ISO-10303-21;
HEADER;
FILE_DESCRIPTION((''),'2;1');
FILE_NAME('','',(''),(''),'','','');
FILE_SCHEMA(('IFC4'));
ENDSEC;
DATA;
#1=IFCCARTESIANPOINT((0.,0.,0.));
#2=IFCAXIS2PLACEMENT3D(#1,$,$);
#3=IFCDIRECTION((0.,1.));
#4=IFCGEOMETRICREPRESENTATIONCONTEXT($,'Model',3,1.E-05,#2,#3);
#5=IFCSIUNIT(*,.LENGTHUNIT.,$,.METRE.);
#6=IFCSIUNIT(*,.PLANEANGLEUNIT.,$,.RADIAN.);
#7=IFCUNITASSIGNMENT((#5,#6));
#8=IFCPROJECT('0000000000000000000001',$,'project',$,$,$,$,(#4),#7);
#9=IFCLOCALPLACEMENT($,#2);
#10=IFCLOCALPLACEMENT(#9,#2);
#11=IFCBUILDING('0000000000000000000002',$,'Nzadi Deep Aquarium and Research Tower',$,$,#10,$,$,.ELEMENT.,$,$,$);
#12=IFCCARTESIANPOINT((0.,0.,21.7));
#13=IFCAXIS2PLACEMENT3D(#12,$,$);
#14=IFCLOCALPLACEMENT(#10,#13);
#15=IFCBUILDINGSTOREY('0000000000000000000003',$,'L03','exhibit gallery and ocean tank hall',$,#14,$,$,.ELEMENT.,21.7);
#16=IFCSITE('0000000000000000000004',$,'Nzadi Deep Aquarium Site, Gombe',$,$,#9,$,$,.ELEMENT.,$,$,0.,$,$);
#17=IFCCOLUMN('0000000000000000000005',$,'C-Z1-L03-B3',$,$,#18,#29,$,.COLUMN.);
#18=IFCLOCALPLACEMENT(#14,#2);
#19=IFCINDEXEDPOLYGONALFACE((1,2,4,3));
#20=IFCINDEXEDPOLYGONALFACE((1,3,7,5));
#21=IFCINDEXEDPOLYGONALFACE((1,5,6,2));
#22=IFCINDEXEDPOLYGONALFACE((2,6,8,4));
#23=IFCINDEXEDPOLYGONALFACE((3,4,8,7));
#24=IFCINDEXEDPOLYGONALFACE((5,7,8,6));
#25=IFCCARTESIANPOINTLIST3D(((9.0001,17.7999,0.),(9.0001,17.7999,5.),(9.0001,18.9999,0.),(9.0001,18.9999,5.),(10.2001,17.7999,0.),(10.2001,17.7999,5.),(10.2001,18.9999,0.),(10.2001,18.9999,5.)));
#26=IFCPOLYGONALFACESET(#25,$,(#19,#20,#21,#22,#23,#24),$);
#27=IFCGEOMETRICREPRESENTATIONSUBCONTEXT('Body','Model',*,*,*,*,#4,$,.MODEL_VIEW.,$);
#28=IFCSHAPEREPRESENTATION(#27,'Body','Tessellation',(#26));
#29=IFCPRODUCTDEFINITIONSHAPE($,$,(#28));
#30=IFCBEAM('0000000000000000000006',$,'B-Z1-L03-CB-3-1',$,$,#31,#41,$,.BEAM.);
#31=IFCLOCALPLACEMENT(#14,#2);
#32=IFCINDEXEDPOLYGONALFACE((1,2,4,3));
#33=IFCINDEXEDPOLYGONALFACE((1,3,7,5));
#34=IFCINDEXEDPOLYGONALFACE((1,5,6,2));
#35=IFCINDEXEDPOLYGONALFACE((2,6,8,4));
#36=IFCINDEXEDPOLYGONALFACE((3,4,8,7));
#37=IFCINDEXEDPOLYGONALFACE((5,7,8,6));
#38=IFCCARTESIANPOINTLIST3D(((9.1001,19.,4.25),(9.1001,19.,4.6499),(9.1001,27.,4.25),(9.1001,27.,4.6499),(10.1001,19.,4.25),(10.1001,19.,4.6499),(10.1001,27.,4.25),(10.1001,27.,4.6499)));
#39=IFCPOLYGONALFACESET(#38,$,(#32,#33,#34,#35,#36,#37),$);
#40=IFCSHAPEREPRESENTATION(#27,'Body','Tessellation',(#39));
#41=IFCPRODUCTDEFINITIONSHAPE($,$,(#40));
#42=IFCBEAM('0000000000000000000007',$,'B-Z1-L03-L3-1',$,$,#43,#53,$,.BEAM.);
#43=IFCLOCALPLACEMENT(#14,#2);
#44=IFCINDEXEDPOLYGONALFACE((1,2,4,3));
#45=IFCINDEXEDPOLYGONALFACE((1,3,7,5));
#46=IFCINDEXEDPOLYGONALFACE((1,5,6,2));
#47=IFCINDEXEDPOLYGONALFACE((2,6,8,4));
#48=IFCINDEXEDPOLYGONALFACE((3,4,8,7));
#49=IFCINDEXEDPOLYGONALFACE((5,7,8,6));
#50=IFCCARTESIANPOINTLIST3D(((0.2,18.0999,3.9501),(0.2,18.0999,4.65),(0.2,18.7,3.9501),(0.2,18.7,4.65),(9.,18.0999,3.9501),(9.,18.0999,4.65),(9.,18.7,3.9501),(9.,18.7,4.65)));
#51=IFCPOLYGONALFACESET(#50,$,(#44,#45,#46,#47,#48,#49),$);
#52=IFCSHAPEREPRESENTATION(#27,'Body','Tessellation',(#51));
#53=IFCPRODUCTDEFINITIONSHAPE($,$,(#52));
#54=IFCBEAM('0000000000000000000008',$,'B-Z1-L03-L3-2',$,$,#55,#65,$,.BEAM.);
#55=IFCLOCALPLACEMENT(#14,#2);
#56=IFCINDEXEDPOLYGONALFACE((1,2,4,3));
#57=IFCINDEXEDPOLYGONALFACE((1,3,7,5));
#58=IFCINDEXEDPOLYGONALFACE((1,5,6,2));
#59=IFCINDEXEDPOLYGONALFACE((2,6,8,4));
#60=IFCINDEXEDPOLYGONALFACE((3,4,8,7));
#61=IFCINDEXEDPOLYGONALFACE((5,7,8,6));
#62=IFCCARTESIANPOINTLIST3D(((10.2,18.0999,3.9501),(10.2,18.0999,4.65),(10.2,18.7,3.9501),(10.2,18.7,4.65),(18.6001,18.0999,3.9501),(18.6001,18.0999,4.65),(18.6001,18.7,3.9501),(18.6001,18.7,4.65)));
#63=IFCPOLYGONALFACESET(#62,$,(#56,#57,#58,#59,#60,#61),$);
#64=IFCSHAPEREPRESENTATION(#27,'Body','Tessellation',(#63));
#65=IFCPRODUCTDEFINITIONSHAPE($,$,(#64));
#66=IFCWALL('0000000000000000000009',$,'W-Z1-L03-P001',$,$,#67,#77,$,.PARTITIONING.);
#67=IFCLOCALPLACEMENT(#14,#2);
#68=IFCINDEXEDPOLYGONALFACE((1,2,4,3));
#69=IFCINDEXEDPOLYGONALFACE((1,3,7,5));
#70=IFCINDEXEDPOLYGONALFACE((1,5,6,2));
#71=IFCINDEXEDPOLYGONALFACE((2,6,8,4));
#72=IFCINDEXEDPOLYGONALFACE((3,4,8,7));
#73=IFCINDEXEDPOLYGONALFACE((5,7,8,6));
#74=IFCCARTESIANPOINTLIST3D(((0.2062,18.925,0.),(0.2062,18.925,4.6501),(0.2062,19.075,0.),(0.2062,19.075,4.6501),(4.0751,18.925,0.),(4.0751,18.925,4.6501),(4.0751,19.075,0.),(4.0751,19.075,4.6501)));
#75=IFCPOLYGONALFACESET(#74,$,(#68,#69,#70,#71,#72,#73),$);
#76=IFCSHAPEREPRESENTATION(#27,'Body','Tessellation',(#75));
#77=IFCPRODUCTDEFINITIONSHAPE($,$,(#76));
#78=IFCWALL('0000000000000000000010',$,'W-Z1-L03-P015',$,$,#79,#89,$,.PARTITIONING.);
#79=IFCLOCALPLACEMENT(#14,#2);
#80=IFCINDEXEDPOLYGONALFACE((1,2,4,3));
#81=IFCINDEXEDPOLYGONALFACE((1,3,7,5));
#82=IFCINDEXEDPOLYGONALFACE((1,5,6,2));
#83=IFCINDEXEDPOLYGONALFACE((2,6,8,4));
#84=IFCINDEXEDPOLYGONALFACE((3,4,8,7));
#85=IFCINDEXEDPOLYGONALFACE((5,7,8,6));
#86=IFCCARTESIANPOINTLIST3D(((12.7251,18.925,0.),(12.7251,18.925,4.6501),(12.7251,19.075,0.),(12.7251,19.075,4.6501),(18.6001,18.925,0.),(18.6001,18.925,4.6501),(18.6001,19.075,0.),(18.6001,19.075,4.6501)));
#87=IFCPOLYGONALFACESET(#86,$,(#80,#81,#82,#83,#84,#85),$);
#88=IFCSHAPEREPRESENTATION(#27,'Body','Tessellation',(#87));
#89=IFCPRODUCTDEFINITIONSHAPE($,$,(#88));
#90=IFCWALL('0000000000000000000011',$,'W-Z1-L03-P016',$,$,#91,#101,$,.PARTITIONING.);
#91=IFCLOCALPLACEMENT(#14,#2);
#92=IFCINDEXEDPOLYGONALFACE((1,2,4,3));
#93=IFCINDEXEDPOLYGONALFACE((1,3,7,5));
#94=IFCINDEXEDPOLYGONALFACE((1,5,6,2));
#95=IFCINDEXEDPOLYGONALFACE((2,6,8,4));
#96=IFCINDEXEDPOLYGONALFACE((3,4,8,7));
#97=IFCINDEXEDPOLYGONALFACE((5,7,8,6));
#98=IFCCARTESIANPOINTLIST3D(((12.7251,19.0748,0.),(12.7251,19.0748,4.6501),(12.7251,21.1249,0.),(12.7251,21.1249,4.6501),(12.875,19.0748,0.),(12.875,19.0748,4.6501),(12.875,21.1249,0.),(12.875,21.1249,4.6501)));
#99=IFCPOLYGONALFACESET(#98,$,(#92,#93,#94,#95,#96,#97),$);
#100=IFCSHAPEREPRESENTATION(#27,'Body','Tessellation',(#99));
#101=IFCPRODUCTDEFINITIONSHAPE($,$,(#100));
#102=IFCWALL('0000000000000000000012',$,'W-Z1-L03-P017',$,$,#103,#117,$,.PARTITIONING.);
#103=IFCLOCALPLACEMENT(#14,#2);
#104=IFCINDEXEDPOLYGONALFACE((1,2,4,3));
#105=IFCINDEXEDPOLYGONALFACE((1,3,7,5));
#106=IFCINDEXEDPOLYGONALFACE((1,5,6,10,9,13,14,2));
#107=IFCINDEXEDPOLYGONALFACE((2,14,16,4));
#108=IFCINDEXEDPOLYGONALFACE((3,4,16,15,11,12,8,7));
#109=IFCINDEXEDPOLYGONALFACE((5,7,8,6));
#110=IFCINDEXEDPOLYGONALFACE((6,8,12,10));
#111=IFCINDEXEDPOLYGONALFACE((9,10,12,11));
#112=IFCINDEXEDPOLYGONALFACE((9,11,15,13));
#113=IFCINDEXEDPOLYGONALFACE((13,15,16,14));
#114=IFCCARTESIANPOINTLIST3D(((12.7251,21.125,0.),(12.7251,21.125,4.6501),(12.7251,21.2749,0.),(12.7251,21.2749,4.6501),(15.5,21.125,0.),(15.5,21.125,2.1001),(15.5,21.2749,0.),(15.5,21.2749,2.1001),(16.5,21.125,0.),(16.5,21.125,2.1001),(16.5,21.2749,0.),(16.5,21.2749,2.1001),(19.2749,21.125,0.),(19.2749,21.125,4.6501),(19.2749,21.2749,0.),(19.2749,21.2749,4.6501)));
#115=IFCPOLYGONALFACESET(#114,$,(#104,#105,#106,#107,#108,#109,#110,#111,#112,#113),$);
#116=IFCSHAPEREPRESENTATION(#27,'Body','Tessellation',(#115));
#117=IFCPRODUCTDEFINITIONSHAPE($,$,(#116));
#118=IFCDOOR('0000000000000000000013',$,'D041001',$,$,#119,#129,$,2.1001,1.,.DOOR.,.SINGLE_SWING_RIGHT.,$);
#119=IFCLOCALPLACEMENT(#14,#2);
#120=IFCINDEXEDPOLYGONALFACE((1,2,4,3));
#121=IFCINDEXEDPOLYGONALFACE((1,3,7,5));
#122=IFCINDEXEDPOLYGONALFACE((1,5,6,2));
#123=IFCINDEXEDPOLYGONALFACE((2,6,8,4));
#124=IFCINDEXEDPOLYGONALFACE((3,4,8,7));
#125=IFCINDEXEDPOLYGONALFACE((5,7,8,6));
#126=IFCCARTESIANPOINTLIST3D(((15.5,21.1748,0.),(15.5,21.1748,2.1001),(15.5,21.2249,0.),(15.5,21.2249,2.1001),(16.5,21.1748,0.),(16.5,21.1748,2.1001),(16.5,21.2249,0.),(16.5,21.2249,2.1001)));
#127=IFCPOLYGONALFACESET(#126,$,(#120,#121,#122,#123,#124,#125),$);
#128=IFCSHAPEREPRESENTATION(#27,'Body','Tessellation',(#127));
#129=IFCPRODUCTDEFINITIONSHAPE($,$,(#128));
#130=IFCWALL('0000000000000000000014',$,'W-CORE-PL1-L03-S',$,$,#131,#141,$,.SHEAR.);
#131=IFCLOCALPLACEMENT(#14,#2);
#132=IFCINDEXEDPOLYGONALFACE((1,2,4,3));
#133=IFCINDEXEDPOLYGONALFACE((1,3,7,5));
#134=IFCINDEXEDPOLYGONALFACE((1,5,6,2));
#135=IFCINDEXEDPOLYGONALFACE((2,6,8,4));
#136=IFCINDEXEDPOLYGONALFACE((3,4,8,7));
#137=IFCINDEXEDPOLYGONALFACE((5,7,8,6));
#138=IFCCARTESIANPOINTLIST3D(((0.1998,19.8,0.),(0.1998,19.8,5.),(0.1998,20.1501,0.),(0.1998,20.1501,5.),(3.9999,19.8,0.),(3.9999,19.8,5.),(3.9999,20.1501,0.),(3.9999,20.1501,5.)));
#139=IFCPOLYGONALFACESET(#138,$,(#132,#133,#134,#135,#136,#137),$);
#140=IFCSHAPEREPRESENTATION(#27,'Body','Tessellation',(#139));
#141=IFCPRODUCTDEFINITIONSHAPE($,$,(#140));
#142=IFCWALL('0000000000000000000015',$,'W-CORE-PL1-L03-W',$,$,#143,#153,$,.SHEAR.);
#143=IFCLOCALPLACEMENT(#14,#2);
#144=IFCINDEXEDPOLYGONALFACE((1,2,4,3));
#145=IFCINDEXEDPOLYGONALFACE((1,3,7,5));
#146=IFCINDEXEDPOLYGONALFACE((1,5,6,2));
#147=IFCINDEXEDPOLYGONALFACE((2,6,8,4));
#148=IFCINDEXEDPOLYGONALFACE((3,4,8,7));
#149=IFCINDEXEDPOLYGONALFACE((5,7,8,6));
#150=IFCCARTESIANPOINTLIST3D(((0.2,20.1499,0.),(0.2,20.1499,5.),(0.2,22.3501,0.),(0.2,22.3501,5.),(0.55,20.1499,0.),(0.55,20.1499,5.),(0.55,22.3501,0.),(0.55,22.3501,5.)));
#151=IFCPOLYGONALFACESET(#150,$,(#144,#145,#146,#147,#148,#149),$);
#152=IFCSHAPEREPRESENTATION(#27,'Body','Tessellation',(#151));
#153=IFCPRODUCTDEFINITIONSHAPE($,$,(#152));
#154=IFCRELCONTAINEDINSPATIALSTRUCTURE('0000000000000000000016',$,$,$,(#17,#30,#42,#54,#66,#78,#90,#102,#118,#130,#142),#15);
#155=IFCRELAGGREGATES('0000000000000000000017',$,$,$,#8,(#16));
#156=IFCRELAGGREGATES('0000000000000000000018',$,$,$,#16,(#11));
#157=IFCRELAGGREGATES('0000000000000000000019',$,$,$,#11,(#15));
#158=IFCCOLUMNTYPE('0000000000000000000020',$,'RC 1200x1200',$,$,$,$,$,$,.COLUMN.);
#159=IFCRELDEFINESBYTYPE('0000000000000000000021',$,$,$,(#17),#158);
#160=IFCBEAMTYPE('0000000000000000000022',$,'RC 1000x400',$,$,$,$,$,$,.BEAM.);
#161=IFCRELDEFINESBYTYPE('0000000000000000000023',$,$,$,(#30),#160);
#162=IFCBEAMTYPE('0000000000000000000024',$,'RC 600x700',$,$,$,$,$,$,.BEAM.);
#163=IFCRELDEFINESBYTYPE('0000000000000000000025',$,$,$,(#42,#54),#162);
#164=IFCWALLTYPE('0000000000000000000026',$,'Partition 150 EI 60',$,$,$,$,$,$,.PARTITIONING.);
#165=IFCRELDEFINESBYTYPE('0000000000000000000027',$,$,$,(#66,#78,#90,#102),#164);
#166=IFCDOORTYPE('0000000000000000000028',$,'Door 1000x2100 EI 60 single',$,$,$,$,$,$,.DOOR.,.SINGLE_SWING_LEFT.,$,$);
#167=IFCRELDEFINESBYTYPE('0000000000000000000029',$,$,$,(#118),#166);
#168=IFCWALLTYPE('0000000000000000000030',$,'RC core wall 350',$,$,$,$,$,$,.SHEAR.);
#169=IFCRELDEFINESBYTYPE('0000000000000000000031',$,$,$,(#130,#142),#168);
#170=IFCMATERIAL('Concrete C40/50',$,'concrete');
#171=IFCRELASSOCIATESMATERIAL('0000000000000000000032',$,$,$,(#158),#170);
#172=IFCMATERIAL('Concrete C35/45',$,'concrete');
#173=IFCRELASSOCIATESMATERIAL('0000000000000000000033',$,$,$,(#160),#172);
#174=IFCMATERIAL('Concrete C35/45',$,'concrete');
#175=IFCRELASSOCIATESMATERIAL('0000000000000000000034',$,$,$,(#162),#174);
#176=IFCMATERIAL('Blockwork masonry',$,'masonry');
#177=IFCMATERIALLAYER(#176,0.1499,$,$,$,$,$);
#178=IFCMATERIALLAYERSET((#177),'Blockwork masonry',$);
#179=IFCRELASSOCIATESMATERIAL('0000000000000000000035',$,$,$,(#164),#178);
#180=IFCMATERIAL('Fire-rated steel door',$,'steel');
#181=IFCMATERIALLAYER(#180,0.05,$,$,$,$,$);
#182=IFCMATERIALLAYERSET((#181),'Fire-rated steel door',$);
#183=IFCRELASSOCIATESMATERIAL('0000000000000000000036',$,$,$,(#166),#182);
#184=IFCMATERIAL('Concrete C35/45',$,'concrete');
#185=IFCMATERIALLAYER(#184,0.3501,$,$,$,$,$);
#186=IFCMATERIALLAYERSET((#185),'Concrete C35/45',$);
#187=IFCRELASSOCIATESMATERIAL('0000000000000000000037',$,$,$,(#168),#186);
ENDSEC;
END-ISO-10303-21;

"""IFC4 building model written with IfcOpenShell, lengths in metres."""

from ifc_helpers import new_model, si_unit, direction, frame, frame_2d, origin, origin_2d, place, context, subcontext, project, spatial, rectangle, extrude, material, layer, layer_set, material_profile, profile_set, type_object, element, fill, save


model = new_model("IFC4")

# Units and contexts
model_context = context("Model", 3, precision=1e-05, world=origin(), true_north=direction((0.0, 1.0)))
body_context = subcontext(model_context, "Body", "Model", "MODEL_VIEW")
ifc_project = project(units=[si_unit("LENGTHUNIT", "METRE"), si_unit("PLANEANGLEUNIT", "RADIAN")], contexts=[model_context])

# Site, building, storey
site_placement = place(None, origin())
site = spatial("IfcSite", under=ifc_project, at=site_placement, Name="Nzadi Deep Aquarium Site, Gombe", CompositionType="ELEMENT", RefElevation=0.0)
building_placement = place(site_placement, origin())
building = spatial("IfcBuilding", under=site, at=building_placement, Name="Nzadi Deep Aquarium and Research Tower", CompositionType="ELEMENT")
storey_placement = place(building_placement, frame((0.0, 0.0, 21.7)))
storey = spatial("IfcBuildingStorey", under=building, at=storey_placement, Name="L03", Description="exhibit gallery and ocean tank hall", CompositionType="ELEMENT", Elevation=21.7)

# Column
ifc_material_1 = material(Name="Concrete C40/50", Category="concrete")
ifc_material_profile_1 = material_profile(ifc_material_1, rectangle(XDim=1.2, YDim=1.2, at=origin_2d()))
ifc_profile_set_1 = profile_set([ifc_material_profile_1], Name="Concrete C40/50")
column_type = type_object("IfcColumnType", Name="RC 1200x1200", PredefinedType="COLUMN", material=ifc_profile_set_1)
column_placement = place(storey_placement, frame((9.6001, 18.3999, 0.0), z_axis=(0.0, 0.0, 1.0), x_axis=(1.0, 0.0, 0.0)))
element("IfcColumn", 1, at=column_placement, inside=storey, type_object=column_type, Name="C-Z1-L03-B3", PredefinedType="COLUMN", context=body_context, shape_type="SweptSolid", body=[
    extrude(rectangle(XDim=1.2, YDim=1.2, at=origin_2d()), origin(), (0.0, 0.0, 1.0), 5.0),
])

# Beams
ifc_material_2 = material(Name="Concrete C35/45", Category="concrete")
ifc_material_profile_2 = material_profile(ifc_material_2, rectangle(XDim=1.0, YDim=0.3999, at=origin_2d()))
ifc_profile_set_2 = profile_set([ifc_material_profile_2], Name="Concrete C35/45")
beam_type_1 = type_object("IfcBeamType", Name="RC 1000x400", PredefinedType="BEAM", material=ifc_profile_set_2)
beam_1_placement = place(storey_placement, frame((9.6001, 19.0, 4.45), z_axis=(0.0, 1.0, 0.0), x_axis=(-1.0, 0.0, 0.0)))
element("IfcBeam", 2, at=beam_1_placement, inside=storey, type_object=beam_type_1, Name="B-Z1-L03-CB-3-1", PredefinedType="BEAM", context=body_context, shape_type="SweptSolid", body=[
    extrude(rectangle(XDim=1.0, YDim=0.3999, at=origin_2d()), origin(), (0.0, 0.0, 1.0), 8.0),
])
ifc_material_3 = material(Name="Concrete C35/45", Category="concrete")
ifc_material_profile_3 = material_profile(ifc_material_3, rectangle(XDim=0.6001, YDim=0.7, at=origin_2d()))
ifc_profile_set_3 = profile_set([ifc_material_profile_3], Name="Concrete C35/45")
beam_type_2 = type_object("IfcBeamType", Name="RC 600x700", PredefinedType="BEAM", material=ifc_profile_set_3)
beam_2_placement = place(storey_placement, frame((0.2, 18.3999, 4.3), z_axis=(1.0, 0.0, 0.0), x_axis=(0.0, 1.0, 0.0)))
element("IfcBeam", 3, at=beam_2_placement, inside=storey, type_object=beam_type_2, Name="B-Z1-L03-L3-1", PredefinedType="BEAM", context=body_context, shape_type="SweptSolid", body=[
    extrude(rectangle(XDim=0.6001, YDim=0.7, at=origin_2d()), origin(), (0.0, 0.0, 1.0), 8.8),
])
beam_3_placement = place(storey_placement, frame((10.2, 18.3999, 4.3), z_axis=(1.0, 0.0, 0.0), x_axis=(0.0, 1.0, 0.0)))
element("IfcBeam", 4, at=beam_3_placement, inside=storey, type_object=beam_type_2, Name="B-Z1-L03-L3-2", PredefinedType="BEAM", context=body_context, shape_type="SweptSolid", body=[
    extrude(rectangle(XDim=0.6001, YDim=0.7, at=origin_2d()), origin(), (0.0, 0.0, 1.0), 8.4001),
])

# Walls
ifc_material_4 = material(Name="Blockwork masonry", Category="masonry")
ifc_layer_1 = layer(ifc_material_4, 0.1499)
ifc_layer_set_1 = layer_set([ifc_layer_1], Name="Blockwork masonry")
wall_type_1 = type_object("IfcWallType", Name="Partition 150 EI 60", PredefinedType="PARTITIONING", material=ifc_layer_set_1)
wall_1_placement = place(storey_placement, frame((0.2061, 19.0, 0.0), z_axis=(0.0, 0.0, 1.0), x_axis=(1.0, 0.0, 0.0)))
element("IfcWall", 5, at=wall_1_placement, inside=storey, type_object=wall_type_1, Name="W-Z1-L03-P001", PredefinedType="PARTITIONING", context=body_context, shape_type="SweptSolid", body=[
    extrude(rectangle(XDim=3.8689, YDim=0.1499, at=frame_2d((1.9346, 0.0))), origin(), (0.0, 0.0, 1.0), 4.6501),
])
wall_2_placement = place(storey_placement, frame((12.7251, 19.0, 0.0), z_axis=(0.0, 0.0, 1.0), x_axis=(1.0, 0.0, 0.0)))
element("IfcWall", 6, at=wall_2_placement, inside=storey, type_object=wall_type_1, Name="W-Z1-L03-P015", PredefinedType="PARTITIONING", context=body_context, shape_type="SweptSolid", body=[
    extrude(rectangle(XDim=5.875, YDim=0.1499, at=frame_2d((2.9375, 0.0))), origin(), (0.0, 0.0, 1.0), 4.6501),
])
wall_3_placement = place(storey_placement, frame((12.8, 19.075, 0.0), z_axis=(0.0, 0.0, 1.0), x_axis=(0.0, 1.0, 0.0)))
element("IfcWall", 7, at=wall_3_placement, inside=storey, type_object=wall_type_1, Name="W-Z1-L03-P016", PredefinedType="PARTITIONING", context=body_context, shape_type="SweptSolid", body=[
    extrude(rectangle(XDim=2.05, YDim=0.1499, at=frame_2d((1.0249, 0.0))), origin(), (0.0, 0.0, 1.0), 4.6501),
])

# Wall, opening, door
wall_4_placement = place(storey_placement, frame((12.7251, 21.2, 0.0), z_axis=(0.0, 0.0, 1.0), x_axis=(1.0, 0.0, 0.0)))
wall_4 = element("IfcWall", 8, at=wall_4_placement, inside=storey, type_object=wall_type_1, Name="W-Z1-L03-P017", PredefinedType="PARTITIONING", context=body_context, shape_type="SweptSolid", body=[
    extrude(rectangle(XDim=6.5498, YDim=0.1499, at=frame_2d((3.2749, 0.0))), origin(), (0.0, 0.0, 1.0), 4.6501),
])
opening_1_placement = place(wall_4_placement, frame((2.7749, 0.0, 0.0)))
opening_1 = element("IfcOpeningElement", 9, at=opening_1_placement, cuts=wall_4, PredefinedType="OPENING", context=body_context, shape_type="SweptSolid", body=[
    extrude(rectangle(XDim=1.0, YDim=2.1001, at=frame_2d((0.5, 1.05))), frame((0.0, 0.085, 0.0), z_axis=(0.0, -1.0, 0.0), x_axis=(1.0, 0.0, 0.0)), (0.0, 0.0, 1.0), 0.1699),
])
ifc_material_5 = material(Name="Fire-rated steel door", Category="steel")
ifc_layer_2 = layer(ifc_material_5, 0.05)
ifc_layer_set_2 = layer_set([ifc_layer_2], Name="Fire-rated steel door")
door_type_1 = type_object("IfcDoorType", Name="Door 1000x2100 EI 60 single", OperationType="SINGLE_SWING_LEFT", PredefinedType="DOOR", material=ifc_layer_set_2)
door_1_placement = place(opening_1_placement, origin())
door_1 = element("IfcDoor", 10, at=door_1_placement, inside=storey, type_object=door_type_1, Name="D041001", OperationType="SINGLE_SWING_RIGHT", OverallHeight=2.1001, OverallWidth=1.0, PredefinedType="DOOR", context=body_context, shape_type="SweptSolid", body=[
    extrude(rectangle(XDim=1.0, YDim=2.1001, at=frame_2d((0.5, 1.05))), frame((0.0, 0.0249, 0.0), z_axis=(0.0, -1.0, 0.0), x_axis=(1.0, 0.0, 0.0)), (0.0, 0.0, 1.0), 0.05),
])
fill(opening_1, door_1)

# Walls
ifc_material_6 = material(Name="Concrete C35/45", Category="concrete")
ifc_layer_3 = layer(ifc_material_6, 0.3501)
ifc_layer_set_3 = layer_set([ifc_layer_3], Name="Concrete C35/45")
wall_type_2 = type_object("IfcWallType", Name="RC core wall 350", PredefinedType="SHEAR", material=ifc_layer_set_3)
wall_5_placement = place(storey_placement, frame((0.2, 19.9751, 0.0), z_axis=(0.0, 0.0, 1.0), x_axis=(1.0, 0.0, 0.0)))
element("IfcWall", 11, at=wall_5_placement, inside=storey, type_object=wall_type_2, Name="W-CORE-PL1-L03-S", PredefinedType="SHEAR", context=body_context, shape_type="SweptSolid", body=[
    extrude(rectangle(XDim=3.8, YDim=0.3501, at=frame_2d((1.8999, 0.0))), origin(), (0.0, 0.0, 1.0), 5.0),
])
wall_6_placement = place(storey_placement, frame((0.375, 20.1499, 0.0), z_axis=(0.0, 0.0, 1.0), x_axis=(0.0, 1.0, 0.0)))
element("IfcWall", 12, at=wall_6_placement, inside=storey, type_object=wall_type_2, Name="W-CORE-PL1-L03-W", PredefinedType="SHEAR", context=body_context, shape_type="SweptSolid", body=[
    extrude(rectangle(XDim=2.2002, YDim=0.3501, at=frame_2d((1.1001, 0.0))), origin(), (0.0, 0.0, 1.0), 5.0),
])

save(model, "model.ifc")
